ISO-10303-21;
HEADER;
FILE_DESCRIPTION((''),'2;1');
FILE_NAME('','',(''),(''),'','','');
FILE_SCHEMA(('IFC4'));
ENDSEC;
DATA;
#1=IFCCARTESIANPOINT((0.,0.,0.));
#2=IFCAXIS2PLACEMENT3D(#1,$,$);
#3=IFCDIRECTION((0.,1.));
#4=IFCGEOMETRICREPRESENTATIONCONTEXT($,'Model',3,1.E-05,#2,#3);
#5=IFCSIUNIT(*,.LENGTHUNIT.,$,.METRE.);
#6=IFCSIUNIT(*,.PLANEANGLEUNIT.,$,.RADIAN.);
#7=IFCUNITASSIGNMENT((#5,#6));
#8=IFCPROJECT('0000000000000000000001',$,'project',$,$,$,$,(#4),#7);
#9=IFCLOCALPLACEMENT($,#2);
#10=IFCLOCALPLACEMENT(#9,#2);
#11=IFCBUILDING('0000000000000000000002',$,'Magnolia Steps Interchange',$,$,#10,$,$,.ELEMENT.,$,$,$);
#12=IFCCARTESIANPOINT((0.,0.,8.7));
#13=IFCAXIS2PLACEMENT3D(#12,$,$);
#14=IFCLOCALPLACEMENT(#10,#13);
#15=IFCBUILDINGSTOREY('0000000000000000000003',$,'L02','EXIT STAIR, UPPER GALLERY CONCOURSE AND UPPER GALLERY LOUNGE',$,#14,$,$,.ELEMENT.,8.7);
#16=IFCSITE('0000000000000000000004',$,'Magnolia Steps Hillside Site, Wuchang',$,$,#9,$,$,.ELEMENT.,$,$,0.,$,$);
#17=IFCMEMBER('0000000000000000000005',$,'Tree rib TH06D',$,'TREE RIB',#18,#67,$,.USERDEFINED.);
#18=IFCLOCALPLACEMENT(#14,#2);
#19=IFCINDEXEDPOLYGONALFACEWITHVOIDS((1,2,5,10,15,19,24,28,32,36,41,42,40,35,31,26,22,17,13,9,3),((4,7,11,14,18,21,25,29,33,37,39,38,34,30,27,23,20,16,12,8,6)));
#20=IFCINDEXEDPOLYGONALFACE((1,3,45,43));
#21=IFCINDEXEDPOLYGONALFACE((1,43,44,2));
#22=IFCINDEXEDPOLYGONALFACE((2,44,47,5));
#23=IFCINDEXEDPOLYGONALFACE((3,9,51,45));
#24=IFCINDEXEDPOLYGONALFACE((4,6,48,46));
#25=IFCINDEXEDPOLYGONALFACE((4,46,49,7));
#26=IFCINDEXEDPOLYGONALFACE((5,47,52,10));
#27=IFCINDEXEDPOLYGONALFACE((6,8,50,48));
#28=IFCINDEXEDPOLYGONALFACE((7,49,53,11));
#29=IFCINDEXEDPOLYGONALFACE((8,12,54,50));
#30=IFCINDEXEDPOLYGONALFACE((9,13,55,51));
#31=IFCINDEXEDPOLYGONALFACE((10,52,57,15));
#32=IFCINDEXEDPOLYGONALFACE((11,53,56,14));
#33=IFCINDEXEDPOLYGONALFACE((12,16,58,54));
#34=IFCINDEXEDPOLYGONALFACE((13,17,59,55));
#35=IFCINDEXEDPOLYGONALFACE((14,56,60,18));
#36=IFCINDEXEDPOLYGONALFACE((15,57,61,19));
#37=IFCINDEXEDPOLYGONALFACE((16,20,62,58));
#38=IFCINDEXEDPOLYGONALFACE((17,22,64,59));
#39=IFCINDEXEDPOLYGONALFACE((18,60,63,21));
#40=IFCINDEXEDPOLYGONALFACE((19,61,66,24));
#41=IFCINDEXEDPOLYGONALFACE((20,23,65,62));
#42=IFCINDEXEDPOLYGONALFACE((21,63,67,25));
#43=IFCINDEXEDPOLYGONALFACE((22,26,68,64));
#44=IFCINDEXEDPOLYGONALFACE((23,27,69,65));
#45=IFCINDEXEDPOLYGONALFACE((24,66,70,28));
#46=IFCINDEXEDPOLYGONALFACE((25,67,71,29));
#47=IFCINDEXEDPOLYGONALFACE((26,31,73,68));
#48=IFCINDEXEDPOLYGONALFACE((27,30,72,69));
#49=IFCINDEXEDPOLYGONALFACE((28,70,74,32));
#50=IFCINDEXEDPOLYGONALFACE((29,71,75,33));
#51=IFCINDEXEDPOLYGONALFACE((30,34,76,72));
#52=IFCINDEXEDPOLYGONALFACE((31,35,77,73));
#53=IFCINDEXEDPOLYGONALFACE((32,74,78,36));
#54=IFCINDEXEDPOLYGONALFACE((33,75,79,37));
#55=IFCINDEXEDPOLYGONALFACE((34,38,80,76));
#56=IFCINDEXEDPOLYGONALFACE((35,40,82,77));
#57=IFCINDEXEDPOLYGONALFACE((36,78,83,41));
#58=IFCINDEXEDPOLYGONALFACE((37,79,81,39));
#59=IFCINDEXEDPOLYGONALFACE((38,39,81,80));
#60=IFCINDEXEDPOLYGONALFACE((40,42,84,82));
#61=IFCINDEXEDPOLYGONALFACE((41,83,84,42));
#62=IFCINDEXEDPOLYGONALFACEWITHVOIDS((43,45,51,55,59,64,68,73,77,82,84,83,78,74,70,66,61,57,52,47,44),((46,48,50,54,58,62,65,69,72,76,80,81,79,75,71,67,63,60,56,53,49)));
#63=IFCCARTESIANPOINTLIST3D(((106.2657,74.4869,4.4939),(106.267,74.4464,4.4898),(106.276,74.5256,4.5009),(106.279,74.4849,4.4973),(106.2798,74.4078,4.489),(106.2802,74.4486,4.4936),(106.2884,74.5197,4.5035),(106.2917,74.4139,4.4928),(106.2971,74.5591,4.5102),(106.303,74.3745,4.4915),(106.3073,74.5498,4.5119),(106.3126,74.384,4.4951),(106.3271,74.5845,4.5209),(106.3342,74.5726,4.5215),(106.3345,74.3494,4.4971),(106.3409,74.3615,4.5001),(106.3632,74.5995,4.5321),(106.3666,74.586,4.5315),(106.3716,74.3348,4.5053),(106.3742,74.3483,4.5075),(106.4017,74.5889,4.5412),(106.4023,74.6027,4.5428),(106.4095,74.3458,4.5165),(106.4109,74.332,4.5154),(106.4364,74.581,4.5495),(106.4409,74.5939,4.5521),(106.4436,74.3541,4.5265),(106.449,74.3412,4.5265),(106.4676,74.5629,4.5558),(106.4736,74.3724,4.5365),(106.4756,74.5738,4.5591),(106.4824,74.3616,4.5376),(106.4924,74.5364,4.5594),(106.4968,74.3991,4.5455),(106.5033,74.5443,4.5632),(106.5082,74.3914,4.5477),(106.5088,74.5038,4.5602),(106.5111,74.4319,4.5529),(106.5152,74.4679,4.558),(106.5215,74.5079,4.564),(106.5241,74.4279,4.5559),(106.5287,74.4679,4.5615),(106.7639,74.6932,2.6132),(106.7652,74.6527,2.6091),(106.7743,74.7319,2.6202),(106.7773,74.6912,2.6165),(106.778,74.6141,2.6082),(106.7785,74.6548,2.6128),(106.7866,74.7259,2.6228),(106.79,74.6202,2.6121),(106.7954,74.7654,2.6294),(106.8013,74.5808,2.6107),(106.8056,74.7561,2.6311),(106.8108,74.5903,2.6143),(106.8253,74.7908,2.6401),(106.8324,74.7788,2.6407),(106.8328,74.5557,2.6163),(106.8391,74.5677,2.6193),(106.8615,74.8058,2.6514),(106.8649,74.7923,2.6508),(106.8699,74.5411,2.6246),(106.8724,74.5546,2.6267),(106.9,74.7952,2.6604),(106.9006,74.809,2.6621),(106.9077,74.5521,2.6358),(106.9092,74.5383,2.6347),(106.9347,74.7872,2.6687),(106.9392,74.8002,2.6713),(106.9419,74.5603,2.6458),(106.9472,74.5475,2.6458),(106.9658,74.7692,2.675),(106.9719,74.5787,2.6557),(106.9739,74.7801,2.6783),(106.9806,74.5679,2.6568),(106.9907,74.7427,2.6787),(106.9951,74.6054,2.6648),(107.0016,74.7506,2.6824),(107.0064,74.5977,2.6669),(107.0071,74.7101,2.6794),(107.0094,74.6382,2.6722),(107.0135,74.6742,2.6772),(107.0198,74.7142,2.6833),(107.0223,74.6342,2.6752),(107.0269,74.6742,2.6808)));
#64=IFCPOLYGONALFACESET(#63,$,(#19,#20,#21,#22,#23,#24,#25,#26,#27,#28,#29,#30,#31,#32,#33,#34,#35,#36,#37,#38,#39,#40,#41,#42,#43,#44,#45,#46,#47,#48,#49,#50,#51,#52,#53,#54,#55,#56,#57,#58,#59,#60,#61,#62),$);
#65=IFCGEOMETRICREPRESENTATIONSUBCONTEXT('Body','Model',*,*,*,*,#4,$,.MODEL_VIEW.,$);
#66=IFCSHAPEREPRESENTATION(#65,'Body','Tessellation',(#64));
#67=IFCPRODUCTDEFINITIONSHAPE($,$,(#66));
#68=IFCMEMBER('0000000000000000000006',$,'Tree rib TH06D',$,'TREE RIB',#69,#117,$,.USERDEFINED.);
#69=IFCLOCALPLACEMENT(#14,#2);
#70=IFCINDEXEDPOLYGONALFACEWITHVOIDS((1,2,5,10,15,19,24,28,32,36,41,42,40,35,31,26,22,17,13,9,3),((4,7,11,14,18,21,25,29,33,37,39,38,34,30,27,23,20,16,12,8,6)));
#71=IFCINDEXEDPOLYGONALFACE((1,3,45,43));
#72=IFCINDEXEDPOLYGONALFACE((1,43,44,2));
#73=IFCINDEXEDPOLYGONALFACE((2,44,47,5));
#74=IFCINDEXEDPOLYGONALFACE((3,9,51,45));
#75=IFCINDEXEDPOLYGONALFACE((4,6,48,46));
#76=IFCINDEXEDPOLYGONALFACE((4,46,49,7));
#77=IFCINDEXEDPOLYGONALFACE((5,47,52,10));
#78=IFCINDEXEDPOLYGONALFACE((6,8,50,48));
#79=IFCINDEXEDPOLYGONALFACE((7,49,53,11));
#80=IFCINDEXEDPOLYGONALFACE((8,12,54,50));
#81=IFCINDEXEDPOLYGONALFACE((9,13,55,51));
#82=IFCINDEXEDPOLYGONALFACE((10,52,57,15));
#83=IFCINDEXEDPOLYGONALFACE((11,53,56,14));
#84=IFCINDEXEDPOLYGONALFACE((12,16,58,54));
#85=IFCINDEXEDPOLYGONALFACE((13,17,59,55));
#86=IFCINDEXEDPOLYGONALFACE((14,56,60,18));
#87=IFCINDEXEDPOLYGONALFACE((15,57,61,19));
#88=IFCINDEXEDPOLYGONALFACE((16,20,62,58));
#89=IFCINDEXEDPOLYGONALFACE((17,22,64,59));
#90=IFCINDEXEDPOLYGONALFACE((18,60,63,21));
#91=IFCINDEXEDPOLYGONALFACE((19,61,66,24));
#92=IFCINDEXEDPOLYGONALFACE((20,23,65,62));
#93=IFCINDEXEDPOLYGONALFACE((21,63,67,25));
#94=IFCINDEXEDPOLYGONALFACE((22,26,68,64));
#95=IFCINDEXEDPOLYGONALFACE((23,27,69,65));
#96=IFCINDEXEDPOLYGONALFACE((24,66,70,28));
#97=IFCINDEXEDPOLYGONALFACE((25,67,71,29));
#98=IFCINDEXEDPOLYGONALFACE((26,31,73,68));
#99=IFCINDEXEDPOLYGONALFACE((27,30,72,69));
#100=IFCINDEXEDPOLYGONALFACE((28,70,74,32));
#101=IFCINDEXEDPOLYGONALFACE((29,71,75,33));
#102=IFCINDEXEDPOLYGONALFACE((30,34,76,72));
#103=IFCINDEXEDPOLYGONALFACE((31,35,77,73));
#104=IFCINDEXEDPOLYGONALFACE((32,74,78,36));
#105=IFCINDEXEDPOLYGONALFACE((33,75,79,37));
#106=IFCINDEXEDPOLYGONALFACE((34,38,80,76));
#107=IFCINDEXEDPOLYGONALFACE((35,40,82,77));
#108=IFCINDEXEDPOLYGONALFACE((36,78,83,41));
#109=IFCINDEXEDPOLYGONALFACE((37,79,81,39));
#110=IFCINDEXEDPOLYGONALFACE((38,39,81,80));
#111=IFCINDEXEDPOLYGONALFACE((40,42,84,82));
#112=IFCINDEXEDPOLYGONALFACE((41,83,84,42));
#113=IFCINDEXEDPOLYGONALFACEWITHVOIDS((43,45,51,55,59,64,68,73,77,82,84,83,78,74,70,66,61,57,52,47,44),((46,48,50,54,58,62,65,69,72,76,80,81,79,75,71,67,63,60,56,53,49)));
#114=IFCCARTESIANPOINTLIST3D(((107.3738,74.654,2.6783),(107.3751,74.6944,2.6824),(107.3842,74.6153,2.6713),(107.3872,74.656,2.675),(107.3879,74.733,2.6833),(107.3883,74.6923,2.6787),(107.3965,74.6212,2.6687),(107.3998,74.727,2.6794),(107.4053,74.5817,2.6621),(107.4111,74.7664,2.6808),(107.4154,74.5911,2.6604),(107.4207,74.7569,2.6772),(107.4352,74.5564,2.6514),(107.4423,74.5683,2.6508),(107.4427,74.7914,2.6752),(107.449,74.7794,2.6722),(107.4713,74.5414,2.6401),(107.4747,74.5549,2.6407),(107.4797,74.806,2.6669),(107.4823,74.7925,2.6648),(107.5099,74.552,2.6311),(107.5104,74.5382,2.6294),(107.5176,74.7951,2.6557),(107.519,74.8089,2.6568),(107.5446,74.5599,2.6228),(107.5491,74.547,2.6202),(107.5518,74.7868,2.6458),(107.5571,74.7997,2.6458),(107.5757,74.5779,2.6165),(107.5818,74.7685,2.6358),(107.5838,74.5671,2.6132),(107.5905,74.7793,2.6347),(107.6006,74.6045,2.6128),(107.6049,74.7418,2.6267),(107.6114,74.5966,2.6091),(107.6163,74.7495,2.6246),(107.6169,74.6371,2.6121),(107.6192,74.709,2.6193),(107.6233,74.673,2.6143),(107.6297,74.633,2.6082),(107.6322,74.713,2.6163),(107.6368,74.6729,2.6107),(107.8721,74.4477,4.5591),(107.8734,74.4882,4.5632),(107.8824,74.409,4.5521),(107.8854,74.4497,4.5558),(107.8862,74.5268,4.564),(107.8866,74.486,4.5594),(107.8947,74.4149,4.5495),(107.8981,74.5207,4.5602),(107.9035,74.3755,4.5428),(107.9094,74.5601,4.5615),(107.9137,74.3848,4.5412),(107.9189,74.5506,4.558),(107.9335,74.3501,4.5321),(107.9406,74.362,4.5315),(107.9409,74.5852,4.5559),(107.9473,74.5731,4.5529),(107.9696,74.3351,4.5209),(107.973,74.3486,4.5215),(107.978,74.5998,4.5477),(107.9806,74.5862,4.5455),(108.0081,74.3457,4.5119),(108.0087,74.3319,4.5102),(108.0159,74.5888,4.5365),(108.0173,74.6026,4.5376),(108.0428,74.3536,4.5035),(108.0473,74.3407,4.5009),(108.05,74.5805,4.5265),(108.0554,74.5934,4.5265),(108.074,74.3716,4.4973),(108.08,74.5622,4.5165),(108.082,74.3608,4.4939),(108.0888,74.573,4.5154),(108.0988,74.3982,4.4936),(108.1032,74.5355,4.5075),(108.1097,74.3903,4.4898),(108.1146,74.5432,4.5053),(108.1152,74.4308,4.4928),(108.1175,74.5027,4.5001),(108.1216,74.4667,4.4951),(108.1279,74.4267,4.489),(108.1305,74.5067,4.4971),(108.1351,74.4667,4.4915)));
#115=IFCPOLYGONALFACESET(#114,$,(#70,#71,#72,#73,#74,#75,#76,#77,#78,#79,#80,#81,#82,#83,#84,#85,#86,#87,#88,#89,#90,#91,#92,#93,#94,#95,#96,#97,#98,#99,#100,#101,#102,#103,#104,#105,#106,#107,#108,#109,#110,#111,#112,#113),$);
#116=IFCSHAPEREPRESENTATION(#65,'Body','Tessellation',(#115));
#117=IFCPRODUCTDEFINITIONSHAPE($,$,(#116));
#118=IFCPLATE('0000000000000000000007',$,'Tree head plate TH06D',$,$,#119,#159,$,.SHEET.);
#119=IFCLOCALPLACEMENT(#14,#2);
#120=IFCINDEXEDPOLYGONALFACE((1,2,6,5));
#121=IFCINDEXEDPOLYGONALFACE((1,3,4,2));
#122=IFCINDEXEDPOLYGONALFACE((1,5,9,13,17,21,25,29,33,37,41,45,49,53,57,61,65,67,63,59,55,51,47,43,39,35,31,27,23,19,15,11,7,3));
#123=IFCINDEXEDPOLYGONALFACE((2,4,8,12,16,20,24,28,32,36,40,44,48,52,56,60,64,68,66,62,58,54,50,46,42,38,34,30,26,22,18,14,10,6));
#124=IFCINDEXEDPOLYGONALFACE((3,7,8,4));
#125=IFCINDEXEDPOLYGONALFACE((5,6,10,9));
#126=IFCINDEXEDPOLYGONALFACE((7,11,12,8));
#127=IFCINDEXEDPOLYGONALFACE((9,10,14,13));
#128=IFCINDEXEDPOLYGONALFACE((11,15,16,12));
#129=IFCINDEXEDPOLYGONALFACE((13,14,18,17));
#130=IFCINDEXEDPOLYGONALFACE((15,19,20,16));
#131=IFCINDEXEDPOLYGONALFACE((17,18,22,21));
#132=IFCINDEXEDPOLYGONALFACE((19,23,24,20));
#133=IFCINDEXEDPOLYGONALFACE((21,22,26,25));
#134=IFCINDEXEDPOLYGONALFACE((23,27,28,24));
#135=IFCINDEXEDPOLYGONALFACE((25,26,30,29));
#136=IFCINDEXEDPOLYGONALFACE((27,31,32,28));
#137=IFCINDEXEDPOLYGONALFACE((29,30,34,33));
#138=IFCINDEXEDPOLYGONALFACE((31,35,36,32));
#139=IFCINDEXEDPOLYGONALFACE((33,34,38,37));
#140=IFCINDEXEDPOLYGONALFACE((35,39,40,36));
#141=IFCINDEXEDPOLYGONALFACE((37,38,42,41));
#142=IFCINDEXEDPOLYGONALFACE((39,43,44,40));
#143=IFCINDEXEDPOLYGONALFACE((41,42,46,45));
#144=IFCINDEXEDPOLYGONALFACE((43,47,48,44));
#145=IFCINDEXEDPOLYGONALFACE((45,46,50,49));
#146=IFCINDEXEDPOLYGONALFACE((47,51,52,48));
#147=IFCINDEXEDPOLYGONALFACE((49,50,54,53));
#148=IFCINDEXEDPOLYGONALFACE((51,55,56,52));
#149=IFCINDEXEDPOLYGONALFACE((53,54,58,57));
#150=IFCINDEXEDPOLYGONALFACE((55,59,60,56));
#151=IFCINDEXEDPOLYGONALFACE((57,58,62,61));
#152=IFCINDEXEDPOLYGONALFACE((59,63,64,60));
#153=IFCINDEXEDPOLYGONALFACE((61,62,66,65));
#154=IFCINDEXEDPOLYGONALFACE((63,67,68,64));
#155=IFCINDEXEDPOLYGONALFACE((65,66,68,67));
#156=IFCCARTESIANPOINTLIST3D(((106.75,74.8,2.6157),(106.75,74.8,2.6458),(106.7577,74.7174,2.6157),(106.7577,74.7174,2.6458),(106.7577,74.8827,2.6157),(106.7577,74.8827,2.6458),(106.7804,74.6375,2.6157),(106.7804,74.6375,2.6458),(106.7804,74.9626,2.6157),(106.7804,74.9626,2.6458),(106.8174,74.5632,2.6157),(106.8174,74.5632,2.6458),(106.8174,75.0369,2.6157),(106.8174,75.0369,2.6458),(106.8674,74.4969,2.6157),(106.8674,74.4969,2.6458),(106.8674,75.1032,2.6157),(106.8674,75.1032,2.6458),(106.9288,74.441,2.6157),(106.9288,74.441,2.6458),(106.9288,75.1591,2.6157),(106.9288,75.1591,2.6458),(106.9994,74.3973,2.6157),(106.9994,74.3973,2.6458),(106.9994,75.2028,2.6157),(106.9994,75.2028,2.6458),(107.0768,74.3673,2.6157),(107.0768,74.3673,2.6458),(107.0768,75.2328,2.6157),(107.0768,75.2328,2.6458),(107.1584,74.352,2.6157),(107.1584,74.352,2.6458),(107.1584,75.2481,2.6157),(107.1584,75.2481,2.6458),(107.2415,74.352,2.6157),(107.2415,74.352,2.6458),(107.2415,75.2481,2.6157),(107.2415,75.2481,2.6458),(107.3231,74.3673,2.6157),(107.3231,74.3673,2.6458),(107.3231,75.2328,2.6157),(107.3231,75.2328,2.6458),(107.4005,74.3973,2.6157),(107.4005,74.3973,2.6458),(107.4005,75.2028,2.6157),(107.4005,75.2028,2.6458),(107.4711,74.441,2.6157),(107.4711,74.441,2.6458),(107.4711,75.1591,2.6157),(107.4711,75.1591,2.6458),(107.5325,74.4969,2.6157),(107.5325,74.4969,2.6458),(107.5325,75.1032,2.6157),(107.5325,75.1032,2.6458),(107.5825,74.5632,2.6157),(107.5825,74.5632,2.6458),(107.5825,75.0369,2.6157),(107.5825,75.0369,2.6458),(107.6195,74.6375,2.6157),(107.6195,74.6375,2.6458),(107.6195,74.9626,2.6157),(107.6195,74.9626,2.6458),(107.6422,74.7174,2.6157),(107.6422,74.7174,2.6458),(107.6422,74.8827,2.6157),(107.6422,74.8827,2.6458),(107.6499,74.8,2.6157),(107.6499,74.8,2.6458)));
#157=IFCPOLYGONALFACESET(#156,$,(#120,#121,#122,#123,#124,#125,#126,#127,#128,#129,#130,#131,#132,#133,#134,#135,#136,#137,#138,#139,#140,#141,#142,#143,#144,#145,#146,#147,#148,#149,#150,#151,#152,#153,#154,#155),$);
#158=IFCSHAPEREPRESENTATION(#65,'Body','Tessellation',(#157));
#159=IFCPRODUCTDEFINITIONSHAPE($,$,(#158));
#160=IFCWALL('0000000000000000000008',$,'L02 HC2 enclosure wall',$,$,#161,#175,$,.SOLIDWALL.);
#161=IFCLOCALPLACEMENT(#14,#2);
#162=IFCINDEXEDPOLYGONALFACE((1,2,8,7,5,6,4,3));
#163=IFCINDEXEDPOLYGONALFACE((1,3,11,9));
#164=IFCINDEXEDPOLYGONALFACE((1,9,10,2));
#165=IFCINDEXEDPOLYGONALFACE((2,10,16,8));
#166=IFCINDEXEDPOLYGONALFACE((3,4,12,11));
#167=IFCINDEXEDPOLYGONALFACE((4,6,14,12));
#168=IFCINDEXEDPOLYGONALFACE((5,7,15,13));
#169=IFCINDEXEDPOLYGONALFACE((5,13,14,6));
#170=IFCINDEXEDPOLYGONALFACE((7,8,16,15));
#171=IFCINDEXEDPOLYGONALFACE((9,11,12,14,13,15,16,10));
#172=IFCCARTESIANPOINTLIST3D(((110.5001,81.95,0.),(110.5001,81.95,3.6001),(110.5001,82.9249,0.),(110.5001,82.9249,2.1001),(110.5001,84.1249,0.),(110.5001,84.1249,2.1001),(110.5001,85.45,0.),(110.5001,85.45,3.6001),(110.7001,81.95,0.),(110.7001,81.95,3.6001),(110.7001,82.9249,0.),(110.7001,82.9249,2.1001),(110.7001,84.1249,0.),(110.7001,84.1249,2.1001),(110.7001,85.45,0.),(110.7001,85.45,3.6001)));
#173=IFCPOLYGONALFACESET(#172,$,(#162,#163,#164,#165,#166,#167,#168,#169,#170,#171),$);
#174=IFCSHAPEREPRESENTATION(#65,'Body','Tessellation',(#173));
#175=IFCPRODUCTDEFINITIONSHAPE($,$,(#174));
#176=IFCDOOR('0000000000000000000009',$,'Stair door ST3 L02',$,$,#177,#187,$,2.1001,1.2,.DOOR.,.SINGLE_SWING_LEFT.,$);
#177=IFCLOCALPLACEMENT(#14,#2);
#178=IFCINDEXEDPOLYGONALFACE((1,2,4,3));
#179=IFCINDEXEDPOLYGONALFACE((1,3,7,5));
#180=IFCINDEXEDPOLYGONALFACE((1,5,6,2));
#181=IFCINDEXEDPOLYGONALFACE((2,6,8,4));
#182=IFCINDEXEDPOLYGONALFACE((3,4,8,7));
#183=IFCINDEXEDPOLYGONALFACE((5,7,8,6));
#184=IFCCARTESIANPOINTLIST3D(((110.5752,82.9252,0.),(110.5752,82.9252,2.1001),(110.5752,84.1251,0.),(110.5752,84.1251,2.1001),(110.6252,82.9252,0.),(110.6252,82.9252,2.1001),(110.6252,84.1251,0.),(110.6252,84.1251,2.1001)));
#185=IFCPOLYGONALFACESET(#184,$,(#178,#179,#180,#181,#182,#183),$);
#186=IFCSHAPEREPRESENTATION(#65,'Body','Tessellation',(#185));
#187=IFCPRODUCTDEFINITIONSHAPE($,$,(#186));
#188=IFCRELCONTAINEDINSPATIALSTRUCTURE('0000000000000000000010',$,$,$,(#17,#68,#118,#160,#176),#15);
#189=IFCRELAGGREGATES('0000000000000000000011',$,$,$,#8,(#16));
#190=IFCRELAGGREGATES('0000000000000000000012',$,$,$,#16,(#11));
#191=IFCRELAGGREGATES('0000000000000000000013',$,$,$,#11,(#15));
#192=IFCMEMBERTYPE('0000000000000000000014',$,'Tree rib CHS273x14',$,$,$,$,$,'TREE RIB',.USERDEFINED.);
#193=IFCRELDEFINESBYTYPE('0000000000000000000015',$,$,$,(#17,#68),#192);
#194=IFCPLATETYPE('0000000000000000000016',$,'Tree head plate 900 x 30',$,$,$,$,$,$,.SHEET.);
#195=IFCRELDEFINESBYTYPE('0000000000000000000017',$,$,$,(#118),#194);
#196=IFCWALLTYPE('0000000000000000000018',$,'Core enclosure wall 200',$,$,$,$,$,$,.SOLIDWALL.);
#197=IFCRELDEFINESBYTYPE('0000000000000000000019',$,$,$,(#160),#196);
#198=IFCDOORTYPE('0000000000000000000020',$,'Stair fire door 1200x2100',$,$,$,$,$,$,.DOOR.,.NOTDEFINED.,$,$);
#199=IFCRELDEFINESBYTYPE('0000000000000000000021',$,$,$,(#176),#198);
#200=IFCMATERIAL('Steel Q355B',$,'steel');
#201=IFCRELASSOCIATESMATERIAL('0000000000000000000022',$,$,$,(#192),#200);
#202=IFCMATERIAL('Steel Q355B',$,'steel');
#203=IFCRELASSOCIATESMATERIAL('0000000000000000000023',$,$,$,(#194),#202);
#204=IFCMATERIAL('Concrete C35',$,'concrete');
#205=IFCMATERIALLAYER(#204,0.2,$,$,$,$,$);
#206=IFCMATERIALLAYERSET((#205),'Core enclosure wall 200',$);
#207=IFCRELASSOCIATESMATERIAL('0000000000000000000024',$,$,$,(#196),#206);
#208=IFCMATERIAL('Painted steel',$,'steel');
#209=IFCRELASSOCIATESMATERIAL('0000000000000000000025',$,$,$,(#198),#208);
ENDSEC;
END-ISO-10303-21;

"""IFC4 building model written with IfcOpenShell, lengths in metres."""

from ifc_helpers import new_model, si_unit, direction, frame, frame_2d, origin, origin_2d, place, context, subcontext, project, spatial, rectangle, circle, hollow_circle, extrude, material, layer, layer_set, material_profile, profile_set, type_object, element, fill, save


model = new_model("IFC4")

# Units and contexts
model_context = context("Model", 3, precision=1e-05, world=origin(), true_north=direction((0.0, 1.0)))
body_context = subcontext(model_context, "Body", "Model", "MODEL_VIEW")
ifc_project = project(units=[si_unit("LENGTHUNIT", "METRE"), si_unit("PLANEANGLEUNIT", "RADIAN")], contexts=[model_context])

# Site, building, storey
site_placement = place(None, origin())
site = spatial("IfcSite", under=ifc_project, at=site_placement, Name="Magnolia Steps Hillside Site, Wuchang", CompositionType="ELEMENT", RefElevation=0.0)
building_placement = place(site_placement, origin())
building = spatial("IfcBuilding", under=site, at=building_placement, Name="Magnolia Steps Interchange", CompositionType="ELEMENT")
storey_placement = place(building_placement, frame((0.0, 0.0, 8.7)))
storey = spatial("IfcBuildingStorey", under=building, at=storey_placement, Name="L02", Description="EXIT STAIR, UPPER GALLERY CONCOURSE AND UPPER GALLERY LOUNGE", CompositionType="ELEMENT", Elevation=8.7)

# Members
ifc_material_1 = material(Name="Steel Q355B", Category="steel")
ifc_material_profile_1 = material_profile(ifc_material_1, hollow_circle(Radius=0.1365, WallThickness=0.0139, at=origin_2d()), Name="CHS273x14")
ifc_profile_set_1 = profile_set([ifc_material_profile_1], Name="Steel Q355B")
member_type_1 = type_object("IfcMemberType", Name="Tree rib CHS273x14", ElementType="TREE RIB", PredefinedType="USERDEFINED", material=ifc_profile_set_1)
for number, where, z_axis, x_axis, name in (
    (1, (106.895, 74.6736, 2.6458), (-0.254665, -0.105435, 0.961264), (0.382525, -0.923945, 0.0), "Tree rib TH06D"),
    (2, (107.5049, 74.6736, 2.6458), (0.254665, -0.105435, 0.961264), (0.382525, 0.923945, 0.0), "Tree rib TH06D"),
):
    element("IfcMember", number, at=place(storey_placement, frame(where, z_axis=z_axis, x_axis=x_axis)), inside=storey, type_object=member_type_1, Name=name, ObjectType="TREE RIB", PredefinedType="USERDEFINED", context=body_context, shape_type="SweptSolid", body=[
        extrude(hollow_circle(Radius=0.1365, WallThickness=0.0139, at=origin_2d()), origin(), (0.0, 0.0, 1.0), 1.9565),
    ])

# Plate
ifc_material_2 = material(Name="Steel Q355B", Category="steel")
ifc_material_profile_2 = material_profile(ifc_material_2, circle(Radius=0.45, at=origin_2d()), Name="Tree head plate 900 x 30")
ifc_profile_set_2 = profile_set([ifc_material_profile_2], Name="Steel Q355B")
plate_type = type_object("IfcPlateType", Name="Tree head plate 900 x 30", PredefinedType="SHEET", material=ifc_profile_set_2)
plate_placement = place(storey_placement, frame((107.2, 74.8, 2.6157), z_axis=(0.0, 0.0, 1.0), x_axis=(1.0, 0.0, 0.0)))
element("IfcPlate", 3, at=plate_placement, inside=storey, type_object=plate_type, Name="Tree head plate TH06D", PredefinedType="SHEET", context=body_context, shape_type="SweptSolid", body=[
    extrude(circle(Radius=0.45, at=origin_2d()), origin(), (0.0, 0.0, 1.0), 0.03),
])

# Wall, opening, door
ifc_material_3 = material(Name="Concrete C35", Category="concrete")
ifc_layer_1 = layer(ifc_material_3, 0.2)
ifc_layer_set_1 = layer_set([ifc_layer_1], Name="Core enclosure wall 200")
wall_type_1 = type_object("IfcWallType", Name="Core enclosure wall 200", PredefinedType="SOLIDWALL", material=ifc_layer_set_1)
wall_1_placement = place(storey_placement, frame((110.6001, 85.45, 0.0), z_axis=(0.0, 0.0, 1.0), x_axis=(0.0, -1.0, 0.0)))
wall_1 = element("IfcWall", 4, at=wall_1_placement, inside=storey, type_object=wall_type_1, Name="L02 HC2 enclosure wall", PredefinedType="SOLIDWALL", context=body_context, shape_type="SweptSolid", body=[
    extrude(rectangle(XDim=3.5, YDim=0.2, at=frame_2d((1.75, 0.0))), origin(), (0.0, 0.0, 1.0), 3.6001),
])
opening_1_placement = place(wall_1_placement, frame((1.325, 0.0, 0.0)))
opening_1 = element("IfcOpeningElement", 5, at=opening_1_placement, cuts=wall_1, PredefinedType="OPENING", context=body_context, shape_type="SweptSolid", body=[
    extrude(rectangle(XDim=1.2, YDim=2.1001, at=frame_2d((0.6001, 1.05))), frame((0.0, 0.1099, 0.0), z_axis=(0.0, -1.0, 0.0), x_axis=(1.0, 0.0, 0.0)), (0.0, 0.0, 1.0), 0.22),
])
ifc_material_4 = material(Name="Painted steel", Category="steel")
door_type_1 = type_object("IfcDoorType", Name="Stair fire door 1200x2100", OperationType="NOTDEFINED", PredefinedType="DOOR", material=ifc_material_4)
door_1_placement = place(opening_1_placement, frame((1.2, 0.0, 0.0), z_axis=(0.0, 0.0, 1.0), x_axis=(-1.0, 0.0, 0.0)))
door_1 = element("IfcDoor", 6, at=door_1_placement, inside=storey, type_object=door_type_1, Name="Stair door ST3 L02", OperationType="SINGLE_SWING_LEFT", OverallHeight=2.1001, OverallWidth=1.2, PredefinedType="DOOR", context=body_context, shape_type="SweptSolid", body=[
    extrude(rectangle(XDim=1.2, YDim=2.1001, at=frame_2d((0.6001, 1.05))), frame((0.0, 0.0249, 0.0), z_axis=(0.0, -1.0, 0.0), x_axis=(1.0, 0.0, 0.0)), (0.0, 0.0, 1.0), 0.05),
])
fill(opening_1, door_1)

save(model, "model.ifc")
